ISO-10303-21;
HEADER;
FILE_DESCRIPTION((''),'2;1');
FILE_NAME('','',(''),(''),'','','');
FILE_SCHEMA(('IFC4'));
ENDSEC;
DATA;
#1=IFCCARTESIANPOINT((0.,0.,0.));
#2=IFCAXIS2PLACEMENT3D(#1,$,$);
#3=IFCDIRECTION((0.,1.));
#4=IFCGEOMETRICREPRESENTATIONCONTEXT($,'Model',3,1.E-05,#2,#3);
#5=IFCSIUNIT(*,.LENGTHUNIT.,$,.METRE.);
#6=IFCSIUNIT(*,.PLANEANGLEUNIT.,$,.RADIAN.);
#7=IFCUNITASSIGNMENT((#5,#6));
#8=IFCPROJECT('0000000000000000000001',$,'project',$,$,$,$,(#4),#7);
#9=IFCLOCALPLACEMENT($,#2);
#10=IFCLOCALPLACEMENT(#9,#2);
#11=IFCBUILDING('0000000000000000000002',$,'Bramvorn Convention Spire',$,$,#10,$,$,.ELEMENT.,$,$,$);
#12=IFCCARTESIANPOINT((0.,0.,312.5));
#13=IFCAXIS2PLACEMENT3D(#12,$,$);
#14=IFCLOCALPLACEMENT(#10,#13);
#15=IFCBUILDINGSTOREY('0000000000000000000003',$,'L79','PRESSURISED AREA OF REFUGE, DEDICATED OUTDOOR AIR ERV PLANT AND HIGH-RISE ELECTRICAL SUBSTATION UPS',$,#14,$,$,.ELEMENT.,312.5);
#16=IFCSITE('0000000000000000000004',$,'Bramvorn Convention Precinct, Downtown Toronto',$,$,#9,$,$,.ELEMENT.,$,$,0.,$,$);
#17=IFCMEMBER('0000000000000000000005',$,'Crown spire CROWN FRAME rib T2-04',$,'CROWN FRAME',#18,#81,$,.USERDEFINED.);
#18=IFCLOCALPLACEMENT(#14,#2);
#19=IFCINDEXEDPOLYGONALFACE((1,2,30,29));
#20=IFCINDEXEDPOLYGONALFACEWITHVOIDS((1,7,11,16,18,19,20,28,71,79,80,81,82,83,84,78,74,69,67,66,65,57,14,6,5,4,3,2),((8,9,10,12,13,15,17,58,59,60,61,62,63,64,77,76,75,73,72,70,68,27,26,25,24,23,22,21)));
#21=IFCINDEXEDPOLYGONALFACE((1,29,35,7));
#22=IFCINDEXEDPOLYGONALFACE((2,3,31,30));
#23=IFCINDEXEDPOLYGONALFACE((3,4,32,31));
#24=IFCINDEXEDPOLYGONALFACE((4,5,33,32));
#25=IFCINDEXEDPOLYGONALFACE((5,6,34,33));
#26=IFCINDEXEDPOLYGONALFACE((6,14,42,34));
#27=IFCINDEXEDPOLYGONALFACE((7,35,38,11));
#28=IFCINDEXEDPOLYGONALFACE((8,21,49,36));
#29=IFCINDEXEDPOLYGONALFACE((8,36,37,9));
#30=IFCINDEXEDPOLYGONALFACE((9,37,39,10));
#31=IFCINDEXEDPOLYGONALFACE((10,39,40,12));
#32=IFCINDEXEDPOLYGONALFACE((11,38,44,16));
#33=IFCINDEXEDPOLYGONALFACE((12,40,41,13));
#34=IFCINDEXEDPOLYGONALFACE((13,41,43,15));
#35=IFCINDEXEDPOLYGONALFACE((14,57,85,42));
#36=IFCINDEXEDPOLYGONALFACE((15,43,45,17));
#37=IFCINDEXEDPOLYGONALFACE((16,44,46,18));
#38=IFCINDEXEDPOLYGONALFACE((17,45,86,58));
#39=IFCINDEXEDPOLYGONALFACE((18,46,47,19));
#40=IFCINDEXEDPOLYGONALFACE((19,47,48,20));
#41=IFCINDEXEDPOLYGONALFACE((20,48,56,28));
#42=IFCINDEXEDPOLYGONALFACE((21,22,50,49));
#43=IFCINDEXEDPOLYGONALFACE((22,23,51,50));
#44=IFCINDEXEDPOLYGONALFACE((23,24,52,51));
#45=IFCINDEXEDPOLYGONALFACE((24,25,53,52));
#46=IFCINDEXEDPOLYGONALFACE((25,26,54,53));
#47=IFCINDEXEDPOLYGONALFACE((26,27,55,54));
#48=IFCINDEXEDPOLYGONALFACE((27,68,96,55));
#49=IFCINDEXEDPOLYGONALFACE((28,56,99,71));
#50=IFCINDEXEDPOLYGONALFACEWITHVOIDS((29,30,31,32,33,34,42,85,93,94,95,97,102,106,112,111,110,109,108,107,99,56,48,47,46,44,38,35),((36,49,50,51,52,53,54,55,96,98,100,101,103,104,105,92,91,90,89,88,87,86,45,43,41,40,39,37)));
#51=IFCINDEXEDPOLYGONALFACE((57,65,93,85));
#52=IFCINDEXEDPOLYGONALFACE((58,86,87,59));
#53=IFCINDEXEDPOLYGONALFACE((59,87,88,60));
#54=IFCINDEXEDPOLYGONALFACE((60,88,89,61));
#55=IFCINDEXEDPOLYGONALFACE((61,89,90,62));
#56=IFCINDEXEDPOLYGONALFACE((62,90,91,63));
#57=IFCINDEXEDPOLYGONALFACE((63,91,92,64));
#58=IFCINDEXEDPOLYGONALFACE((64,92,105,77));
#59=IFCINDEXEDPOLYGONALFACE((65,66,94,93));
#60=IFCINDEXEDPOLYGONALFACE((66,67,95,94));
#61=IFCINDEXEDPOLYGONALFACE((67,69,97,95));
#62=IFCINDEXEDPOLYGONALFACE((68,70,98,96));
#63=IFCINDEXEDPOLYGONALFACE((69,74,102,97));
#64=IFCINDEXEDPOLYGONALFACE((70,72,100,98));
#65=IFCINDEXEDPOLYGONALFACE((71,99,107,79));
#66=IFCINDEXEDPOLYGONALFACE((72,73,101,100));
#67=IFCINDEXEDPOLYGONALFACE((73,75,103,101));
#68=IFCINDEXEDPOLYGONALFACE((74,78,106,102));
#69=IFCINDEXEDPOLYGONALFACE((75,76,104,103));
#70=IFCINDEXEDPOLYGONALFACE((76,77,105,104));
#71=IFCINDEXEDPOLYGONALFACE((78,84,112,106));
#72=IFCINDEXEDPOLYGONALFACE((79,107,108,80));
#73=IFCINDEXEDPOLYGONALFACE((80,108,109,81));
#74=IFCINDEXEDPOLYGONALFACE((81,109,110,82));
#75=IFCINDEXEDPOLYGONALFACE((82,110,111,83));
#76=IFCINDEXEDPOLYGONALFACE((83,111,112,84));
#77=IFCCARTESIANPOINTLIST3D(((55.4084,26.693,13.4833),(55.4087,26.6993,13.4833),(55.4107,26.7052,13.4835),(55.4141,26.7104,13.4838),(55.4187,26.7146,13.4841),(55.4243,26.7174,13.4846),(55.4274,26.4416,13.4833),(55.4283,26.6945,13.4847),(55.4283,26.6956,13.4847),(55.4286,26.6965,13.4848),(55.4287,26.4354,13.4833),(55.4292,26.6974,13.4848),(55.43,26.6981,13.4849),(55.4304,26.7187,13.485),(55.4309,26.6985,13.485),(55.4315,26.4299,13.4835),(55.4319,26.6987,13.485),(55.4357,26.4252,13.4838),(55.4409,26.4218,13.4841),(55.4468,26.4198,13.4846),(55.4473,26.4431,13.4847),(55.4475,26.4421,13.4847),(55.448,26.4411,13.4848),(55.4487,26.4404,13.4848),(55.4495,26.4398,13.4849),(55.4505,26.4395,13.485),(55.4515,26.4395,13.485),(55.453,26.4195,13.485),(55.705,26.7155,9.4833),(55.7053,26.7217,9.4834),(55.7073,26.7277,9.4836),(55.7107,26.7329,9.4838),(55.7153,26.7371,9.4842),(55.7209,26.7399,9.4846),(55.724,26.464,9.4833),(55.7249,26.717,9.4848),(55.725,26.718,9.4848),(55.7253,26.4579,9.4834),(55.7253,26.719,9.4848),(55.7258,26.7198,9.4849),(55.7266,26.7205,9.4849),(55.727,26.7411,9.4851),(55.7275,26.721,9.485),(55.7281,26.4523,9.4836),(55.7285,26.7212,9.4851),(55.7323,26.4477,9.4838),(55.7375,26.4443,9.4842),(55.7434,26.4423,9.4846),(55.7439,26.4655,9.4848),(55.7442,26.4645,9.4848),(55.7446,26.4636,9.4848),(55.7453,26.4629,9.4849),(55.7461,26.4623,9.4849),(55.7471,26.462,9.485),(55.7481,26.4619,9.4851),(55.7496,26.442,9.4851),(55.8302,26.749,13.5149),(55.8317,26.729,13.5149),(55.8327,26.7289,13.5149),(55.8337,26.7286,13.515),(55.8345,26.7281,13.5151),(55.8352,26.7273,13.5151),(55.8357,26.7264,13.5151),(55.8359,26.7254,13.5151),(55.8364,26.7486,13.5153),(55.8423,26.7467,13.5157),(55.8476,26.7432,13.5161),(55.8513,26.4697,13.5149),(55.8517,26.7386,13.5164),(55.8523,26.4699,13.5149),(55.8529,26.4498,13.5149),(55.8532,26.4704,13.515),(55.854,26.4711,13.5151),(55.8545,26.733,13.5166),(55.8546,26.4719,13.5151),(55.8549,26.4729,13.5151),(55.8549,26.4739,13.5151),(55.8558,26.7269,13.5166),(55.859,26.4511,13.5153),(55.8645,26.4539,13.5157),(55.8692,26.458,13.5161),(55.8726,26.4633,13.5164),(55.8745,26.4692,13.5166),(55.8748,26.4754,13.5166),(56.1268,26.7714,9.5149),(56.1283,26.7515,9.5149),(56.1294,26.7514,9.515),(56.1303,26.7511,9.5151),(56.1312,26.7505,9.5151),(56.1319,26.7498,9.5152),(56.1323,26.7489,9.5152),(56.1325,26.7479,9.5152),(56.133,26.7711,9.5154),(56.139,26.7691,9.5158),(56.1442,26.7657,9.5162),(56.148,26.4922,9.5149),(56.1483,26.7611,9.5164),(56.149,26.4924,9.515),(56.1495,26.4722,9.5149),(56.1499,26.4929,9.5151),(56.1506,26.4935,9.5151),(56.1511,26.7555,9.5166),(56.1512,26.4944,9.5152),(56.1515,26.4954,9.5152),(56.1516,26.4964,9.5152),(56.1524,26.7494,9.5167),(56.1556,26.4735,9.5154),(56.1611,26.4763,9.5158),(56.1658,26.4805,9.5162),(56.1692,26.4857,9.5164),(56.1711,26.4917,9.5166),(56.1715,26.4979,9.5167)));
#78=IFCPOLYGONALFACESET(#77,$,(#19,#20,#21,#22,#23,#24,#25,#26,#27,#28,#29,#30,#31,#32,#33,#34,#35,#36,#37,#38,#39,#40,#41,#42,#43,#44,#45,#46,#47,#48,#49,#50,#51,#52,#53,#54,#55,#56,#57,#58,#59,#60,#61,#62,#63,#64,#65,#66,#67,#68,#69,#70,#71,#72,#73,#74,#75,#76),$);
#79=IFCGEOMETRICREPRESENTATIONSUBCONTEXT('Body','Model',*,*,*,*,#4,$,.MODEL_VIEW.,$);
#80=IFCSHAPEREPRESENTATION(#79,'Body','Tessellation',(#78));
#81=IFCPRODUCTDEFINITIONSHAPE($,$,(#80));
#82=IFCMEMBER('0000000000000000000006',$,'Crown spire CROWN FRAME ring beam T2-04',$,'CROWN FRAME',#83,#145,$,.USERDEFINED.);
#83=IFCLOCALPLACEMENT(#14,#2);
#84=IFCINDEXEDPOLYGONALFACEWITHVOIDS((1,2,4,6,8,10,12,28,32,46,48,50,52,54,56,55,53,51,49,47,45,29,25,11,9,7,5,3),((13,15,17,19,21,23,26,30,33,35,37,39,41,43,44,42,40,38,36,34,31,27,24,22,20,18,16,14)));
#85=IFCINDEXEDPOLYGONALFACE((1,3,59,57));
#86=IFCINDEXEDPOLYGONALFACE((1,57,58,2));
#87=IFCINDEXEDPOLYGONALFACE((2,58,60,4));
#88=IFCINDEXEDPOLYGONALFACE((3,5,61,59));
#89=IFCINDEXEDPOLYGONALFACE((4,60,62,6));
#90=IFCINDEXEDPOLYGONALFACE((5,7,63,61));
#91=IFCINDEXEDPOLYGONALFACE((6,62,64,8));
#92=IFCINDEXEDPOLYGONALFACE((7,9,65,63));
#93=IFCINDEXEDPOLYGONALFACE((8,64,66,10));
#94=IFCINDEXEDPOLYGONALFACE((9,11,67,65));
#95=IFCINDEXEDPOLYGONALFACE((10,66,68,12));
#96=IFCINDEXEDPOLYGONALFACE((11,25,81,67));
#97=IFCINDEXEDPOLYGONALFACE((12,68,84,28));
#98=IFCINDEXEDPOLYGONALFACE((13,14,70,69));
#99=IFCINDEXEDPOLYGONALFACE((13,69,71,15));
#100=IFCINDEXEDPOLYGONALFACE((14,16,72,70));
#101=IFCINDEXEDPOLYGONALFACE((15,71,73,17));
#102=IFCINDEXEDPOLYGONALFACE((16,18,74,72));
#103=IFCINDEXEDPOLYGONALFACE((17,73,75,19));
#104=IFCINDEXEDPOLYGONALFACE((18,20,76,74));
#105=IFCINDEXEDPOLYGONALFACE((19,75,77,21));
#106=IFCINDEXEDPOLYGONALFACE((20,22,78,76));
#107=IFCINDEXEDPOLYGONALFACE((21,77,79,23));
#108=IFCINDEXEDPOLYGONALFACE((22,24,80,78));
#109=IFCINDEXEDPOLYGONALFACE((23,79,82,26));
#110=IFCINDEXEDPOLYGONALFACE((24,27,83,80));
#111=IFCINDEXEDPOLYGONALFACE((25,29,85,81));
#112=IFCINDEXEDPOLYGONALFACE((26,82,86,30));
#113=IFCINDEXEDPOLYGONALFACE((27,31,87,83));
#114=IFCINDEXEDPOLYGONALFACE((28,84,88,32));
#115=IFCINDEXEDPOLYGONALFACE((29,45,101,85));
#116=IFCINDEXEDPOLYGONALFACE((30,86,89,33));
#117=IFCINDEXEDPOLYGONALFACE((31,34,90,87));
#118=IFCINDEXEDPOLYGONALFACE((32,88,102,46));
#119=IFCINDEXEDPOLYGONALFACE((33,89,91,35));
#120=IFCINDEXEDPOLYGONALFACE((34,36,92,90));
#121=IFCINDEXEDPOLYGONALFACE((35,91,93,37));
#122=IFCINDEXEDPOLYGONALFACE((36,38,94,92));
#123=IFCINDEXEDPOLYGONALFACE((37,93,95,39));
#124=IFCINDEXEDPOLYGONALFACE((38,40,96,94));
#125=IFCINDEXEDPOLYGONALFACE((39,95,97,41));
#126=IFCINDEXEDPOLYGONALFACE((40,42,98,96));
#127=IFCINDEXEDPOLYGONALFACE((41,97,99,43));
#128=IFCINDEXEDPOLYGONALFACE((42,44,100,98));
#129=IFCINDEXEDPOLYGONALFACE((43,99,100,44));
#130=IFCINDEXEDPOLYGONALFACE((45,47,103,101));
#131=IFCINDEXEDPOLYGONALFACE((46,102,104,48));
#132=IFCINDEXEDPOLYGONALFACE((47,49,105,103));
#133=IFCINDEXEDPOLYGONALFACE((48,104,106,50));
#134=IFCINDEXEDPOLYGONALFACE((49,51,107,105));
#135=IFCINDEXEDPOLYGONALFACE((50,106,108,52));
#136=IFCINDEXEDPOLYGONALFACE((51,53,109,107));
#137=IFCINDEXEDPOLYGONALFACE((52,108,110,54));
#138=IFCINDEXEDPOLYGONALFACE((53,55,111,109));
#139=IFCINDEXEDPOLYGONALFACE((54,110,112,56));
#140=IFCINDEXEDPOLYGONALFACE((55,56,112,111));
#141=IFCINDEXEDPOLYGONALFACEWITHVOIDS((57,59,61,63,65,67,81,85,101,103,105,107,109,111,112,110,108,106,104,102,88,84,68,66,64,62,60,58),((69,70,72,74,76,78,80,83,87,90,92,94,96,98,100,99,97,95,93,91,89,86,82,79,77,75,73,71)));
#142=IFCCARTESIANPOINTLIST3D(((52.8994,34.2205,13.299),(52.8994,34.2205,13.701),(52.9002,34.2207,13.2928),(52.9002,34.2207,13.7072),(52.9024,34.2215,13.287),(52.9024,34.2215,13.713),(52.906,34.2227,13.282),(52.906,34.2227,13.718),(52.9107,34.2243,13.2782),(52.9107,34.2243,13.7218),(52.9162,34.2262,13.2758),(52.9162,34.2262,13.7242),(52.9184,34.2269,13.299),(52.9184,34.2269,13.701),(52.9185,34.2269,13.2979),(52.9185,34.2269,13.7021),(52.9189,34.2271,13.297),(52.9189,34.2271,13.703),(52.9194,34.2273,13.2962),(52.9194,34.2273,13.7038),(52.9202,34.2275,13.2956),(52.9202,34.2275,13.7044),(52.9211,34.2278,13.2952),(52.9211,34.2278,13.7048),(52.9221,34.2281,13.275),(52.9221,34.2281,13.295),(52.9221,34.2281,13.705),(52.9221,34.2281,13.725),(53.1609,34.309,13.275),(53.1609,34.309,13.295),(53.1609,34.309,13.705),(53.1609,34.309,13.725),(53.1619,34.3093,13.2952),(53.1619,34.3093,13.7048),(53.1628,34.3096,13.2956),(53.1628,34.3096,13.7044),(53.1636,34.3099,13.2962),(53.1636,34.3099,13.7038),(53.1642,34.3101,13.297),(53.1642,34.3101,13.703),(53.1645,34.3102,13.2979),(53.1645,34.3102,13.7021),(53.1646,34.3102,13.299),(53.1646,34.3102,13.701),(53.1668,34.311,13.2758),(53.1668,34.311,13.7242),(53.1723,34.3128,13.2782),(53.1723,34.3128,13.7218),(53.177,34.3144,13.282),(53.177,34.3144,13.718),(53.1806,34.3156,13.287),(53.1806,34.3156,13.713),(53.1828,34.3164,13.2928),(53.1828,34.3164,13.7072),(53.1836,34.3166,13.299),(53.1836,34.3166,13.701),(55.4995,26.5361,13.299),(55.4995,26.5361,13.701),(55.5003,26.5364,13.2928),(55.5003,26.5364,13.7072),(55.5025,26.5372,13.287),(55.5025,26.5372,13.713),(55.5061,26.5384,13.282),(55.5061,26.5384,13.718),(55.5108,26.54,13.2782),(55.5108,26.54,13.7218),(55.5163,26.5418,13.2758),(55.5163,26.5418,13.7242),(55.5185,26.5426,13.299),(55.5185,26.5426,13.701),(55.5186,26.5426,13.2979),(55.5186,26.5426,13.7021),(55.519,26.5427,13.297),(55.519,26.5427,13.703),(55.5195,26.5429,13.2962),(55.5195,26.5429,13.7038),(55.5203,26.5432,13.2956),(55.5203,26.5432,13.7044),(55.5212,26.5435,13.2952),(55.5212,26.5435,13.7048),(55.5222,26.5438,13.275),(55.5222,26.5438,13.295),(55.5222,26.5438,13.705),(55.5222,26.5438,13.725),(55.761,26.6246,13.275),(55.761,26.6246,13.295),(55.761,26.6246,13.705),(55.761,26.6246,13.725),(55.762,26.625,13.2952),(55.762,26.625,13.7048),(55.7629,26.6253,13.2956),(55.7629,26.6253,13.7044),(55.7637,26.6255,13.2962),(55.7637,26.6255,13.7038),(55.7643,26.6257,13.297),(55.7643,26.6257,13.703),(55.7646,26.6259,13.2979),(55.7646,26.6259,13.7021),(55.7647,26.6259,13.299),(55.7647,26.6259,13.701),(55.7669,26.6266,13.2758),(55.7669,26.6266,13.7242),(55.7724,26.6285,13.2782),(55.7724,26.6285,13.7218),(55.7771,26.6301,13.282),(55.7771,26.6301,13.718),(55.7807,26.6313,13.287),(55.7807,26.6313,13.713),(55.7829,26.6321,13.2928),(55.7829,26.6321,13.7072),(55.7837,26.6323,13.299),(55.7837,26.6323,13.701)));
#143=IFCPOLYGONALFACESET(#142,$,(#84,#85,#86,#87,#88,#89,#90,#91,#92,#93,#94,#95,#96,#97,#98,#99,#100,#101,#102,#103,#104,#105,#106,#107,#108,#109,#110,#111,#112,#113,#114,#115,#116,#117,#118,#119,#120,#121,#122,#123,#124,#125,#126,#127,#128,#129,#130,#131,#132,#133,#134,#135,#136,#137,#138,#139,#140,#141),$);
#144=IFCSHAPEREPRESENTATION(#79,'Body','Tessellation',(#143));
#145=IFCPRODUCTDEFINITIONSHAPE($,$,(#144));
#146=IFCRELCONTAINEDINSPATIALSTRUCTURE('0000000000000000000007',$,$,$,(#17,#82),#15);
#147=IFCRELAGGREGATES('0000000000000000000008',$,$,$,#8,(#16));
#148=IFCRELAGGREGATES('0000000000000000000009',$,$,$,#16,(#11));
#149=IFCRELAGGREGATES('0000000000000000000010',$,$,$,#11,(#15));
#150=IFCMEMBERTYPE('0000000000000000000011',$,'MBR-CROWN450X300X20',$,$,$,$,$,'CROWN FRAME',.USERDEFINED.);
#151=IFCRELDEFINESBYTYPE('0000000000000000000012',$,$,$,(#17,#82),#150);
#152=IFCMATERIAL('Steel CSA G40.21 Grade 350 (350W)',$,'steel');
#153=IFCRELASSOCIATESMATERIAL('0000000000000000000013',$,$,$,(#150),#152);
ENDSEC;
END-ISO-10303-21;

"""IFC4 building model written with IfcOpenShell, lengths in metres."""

from ifc_helpers import new_model, si_unit, direction, frame, origin, origin_2d, place, context, subcontext, project, spatial, hollow_rectangle, extrude, material, material_profile, profile_set, type_object, element, save


model = new_model("IFC4")

# Units and contexts
model_context = context("Model", 3, precision=1e-05, world=origin(), true_north=direction((0.0, 1.0)))
body_context = subcontext(model_context, "Body", "Model", "MODEL_VIEW")
ifc_project = project(units=[si_unit("LENGTHUNIT", "METRE"), si_unit("PLANEANGLEUNIT", "RADIAN")], contexts=[model_context])

# Site, building, storey
site_placement = place(None, origin())
site = spatial("IfcSite", under=ifc_project, at=site_placement, Name="Bramvorn Convention Precinct, Downtown Toronto", CompositionType="ELEMENT", RefElevation=0.0)
building_placement = place(site_placement, origin())
building = spatial("IfcBuilding", under=site, at=building_placement, Name="Bramvorn Convention Spire", CompositionType="ELEMENT")
storey_placement = place(building_placement, frame((0.0, 0.0, 312.5)))
storey = spatial("IfcBuildingStorey", under=building, at=storey_placement, Name="L79", Description="PRESSURISED AREA OF REFUGE, DEDICATED OUTDOOR AIR ERV PLANT AND HIGH-RISE ELECTRICAL SUBSTATION UPS", CompositionType="ELEMENT", Elevation=312.5)

# Members
ifc_material_1 = material(Name="Steel CSA G40.21 Grade 350 (350W)", Category="steel")
ifc_material_profile_1 = material_profile(ifc_material_1, hollow_rectangle(XDim=0.3, YDim=0.45, WallThickness=0.02, InnerFilletRadius=0.0039, OuterFilletRadius=0.0239, at=origin_2d()))
ifc_profile_set_1 = profile_set([ifc_material_profile_1], Name="Steel CSA G40.21 Grade 350 (350W) - CROWN450X300X20")
member_type_1 = type_object("IfcMemberType", Name="MBR-CROWN450X300X20", ElementType="CROWN FRAME", PredefinedType="USERDEFINED", material=ifc_profile_set_1)
member_1_placement = place(storey_placement, frame((55.9382, 26.6067, 9.5), z_axis=(-0.073953, -0.0056, 0.997246), x_axis=(0.075504, -0.997145, 0.0)))
element("IfcMember", 1, at=member_1_placement, inside=storey, type_object=member_type_1, Name="Crown spire CROWN FRAME rib T2-04", ObjectType="CROWN FRAME", PredefinedType="USERDEFINED", context=body_context, shape_type="SweptSolid", body=[
    extrude(hollow_rectangle(XDim=0.3, YDim=0.45, WallThickness=0.02, InnerFilletRadius=0.0039, OuterFilletRadius=0.0239, at=origin_2d()), origin(), (0.0, 0.0, 1.0), 4.011),
])
member_2_placement = place(storey_placement, frame((55.6416, 26.5842, 13.5), z_axis=(-0.320513, 0.947244, 0.0), x_axis=(-0.947244, -0.320513, 0.0)))
element("IfcMember", 2, at=member_2_placement, inside=storey, type_object=member_type_1, Name="Crown spire CROWN FRAME ring beam T2-04", ObjectType="CROWN FRAME", PredefinedType="USERDEFINED", context=body_context, shape_type="SweptSolid", body=[
    extrude(hollow_rectangle(XDim=0.3, YDim=0.45, WallThickness=0.02, InnerFilletRadius=0.0039, OuterFilletRadius=0.0239, at=origin_2d()), origin(), (0.0, 0.0, 1.0), 8.1123),
])

save(model, "model.ifc")
